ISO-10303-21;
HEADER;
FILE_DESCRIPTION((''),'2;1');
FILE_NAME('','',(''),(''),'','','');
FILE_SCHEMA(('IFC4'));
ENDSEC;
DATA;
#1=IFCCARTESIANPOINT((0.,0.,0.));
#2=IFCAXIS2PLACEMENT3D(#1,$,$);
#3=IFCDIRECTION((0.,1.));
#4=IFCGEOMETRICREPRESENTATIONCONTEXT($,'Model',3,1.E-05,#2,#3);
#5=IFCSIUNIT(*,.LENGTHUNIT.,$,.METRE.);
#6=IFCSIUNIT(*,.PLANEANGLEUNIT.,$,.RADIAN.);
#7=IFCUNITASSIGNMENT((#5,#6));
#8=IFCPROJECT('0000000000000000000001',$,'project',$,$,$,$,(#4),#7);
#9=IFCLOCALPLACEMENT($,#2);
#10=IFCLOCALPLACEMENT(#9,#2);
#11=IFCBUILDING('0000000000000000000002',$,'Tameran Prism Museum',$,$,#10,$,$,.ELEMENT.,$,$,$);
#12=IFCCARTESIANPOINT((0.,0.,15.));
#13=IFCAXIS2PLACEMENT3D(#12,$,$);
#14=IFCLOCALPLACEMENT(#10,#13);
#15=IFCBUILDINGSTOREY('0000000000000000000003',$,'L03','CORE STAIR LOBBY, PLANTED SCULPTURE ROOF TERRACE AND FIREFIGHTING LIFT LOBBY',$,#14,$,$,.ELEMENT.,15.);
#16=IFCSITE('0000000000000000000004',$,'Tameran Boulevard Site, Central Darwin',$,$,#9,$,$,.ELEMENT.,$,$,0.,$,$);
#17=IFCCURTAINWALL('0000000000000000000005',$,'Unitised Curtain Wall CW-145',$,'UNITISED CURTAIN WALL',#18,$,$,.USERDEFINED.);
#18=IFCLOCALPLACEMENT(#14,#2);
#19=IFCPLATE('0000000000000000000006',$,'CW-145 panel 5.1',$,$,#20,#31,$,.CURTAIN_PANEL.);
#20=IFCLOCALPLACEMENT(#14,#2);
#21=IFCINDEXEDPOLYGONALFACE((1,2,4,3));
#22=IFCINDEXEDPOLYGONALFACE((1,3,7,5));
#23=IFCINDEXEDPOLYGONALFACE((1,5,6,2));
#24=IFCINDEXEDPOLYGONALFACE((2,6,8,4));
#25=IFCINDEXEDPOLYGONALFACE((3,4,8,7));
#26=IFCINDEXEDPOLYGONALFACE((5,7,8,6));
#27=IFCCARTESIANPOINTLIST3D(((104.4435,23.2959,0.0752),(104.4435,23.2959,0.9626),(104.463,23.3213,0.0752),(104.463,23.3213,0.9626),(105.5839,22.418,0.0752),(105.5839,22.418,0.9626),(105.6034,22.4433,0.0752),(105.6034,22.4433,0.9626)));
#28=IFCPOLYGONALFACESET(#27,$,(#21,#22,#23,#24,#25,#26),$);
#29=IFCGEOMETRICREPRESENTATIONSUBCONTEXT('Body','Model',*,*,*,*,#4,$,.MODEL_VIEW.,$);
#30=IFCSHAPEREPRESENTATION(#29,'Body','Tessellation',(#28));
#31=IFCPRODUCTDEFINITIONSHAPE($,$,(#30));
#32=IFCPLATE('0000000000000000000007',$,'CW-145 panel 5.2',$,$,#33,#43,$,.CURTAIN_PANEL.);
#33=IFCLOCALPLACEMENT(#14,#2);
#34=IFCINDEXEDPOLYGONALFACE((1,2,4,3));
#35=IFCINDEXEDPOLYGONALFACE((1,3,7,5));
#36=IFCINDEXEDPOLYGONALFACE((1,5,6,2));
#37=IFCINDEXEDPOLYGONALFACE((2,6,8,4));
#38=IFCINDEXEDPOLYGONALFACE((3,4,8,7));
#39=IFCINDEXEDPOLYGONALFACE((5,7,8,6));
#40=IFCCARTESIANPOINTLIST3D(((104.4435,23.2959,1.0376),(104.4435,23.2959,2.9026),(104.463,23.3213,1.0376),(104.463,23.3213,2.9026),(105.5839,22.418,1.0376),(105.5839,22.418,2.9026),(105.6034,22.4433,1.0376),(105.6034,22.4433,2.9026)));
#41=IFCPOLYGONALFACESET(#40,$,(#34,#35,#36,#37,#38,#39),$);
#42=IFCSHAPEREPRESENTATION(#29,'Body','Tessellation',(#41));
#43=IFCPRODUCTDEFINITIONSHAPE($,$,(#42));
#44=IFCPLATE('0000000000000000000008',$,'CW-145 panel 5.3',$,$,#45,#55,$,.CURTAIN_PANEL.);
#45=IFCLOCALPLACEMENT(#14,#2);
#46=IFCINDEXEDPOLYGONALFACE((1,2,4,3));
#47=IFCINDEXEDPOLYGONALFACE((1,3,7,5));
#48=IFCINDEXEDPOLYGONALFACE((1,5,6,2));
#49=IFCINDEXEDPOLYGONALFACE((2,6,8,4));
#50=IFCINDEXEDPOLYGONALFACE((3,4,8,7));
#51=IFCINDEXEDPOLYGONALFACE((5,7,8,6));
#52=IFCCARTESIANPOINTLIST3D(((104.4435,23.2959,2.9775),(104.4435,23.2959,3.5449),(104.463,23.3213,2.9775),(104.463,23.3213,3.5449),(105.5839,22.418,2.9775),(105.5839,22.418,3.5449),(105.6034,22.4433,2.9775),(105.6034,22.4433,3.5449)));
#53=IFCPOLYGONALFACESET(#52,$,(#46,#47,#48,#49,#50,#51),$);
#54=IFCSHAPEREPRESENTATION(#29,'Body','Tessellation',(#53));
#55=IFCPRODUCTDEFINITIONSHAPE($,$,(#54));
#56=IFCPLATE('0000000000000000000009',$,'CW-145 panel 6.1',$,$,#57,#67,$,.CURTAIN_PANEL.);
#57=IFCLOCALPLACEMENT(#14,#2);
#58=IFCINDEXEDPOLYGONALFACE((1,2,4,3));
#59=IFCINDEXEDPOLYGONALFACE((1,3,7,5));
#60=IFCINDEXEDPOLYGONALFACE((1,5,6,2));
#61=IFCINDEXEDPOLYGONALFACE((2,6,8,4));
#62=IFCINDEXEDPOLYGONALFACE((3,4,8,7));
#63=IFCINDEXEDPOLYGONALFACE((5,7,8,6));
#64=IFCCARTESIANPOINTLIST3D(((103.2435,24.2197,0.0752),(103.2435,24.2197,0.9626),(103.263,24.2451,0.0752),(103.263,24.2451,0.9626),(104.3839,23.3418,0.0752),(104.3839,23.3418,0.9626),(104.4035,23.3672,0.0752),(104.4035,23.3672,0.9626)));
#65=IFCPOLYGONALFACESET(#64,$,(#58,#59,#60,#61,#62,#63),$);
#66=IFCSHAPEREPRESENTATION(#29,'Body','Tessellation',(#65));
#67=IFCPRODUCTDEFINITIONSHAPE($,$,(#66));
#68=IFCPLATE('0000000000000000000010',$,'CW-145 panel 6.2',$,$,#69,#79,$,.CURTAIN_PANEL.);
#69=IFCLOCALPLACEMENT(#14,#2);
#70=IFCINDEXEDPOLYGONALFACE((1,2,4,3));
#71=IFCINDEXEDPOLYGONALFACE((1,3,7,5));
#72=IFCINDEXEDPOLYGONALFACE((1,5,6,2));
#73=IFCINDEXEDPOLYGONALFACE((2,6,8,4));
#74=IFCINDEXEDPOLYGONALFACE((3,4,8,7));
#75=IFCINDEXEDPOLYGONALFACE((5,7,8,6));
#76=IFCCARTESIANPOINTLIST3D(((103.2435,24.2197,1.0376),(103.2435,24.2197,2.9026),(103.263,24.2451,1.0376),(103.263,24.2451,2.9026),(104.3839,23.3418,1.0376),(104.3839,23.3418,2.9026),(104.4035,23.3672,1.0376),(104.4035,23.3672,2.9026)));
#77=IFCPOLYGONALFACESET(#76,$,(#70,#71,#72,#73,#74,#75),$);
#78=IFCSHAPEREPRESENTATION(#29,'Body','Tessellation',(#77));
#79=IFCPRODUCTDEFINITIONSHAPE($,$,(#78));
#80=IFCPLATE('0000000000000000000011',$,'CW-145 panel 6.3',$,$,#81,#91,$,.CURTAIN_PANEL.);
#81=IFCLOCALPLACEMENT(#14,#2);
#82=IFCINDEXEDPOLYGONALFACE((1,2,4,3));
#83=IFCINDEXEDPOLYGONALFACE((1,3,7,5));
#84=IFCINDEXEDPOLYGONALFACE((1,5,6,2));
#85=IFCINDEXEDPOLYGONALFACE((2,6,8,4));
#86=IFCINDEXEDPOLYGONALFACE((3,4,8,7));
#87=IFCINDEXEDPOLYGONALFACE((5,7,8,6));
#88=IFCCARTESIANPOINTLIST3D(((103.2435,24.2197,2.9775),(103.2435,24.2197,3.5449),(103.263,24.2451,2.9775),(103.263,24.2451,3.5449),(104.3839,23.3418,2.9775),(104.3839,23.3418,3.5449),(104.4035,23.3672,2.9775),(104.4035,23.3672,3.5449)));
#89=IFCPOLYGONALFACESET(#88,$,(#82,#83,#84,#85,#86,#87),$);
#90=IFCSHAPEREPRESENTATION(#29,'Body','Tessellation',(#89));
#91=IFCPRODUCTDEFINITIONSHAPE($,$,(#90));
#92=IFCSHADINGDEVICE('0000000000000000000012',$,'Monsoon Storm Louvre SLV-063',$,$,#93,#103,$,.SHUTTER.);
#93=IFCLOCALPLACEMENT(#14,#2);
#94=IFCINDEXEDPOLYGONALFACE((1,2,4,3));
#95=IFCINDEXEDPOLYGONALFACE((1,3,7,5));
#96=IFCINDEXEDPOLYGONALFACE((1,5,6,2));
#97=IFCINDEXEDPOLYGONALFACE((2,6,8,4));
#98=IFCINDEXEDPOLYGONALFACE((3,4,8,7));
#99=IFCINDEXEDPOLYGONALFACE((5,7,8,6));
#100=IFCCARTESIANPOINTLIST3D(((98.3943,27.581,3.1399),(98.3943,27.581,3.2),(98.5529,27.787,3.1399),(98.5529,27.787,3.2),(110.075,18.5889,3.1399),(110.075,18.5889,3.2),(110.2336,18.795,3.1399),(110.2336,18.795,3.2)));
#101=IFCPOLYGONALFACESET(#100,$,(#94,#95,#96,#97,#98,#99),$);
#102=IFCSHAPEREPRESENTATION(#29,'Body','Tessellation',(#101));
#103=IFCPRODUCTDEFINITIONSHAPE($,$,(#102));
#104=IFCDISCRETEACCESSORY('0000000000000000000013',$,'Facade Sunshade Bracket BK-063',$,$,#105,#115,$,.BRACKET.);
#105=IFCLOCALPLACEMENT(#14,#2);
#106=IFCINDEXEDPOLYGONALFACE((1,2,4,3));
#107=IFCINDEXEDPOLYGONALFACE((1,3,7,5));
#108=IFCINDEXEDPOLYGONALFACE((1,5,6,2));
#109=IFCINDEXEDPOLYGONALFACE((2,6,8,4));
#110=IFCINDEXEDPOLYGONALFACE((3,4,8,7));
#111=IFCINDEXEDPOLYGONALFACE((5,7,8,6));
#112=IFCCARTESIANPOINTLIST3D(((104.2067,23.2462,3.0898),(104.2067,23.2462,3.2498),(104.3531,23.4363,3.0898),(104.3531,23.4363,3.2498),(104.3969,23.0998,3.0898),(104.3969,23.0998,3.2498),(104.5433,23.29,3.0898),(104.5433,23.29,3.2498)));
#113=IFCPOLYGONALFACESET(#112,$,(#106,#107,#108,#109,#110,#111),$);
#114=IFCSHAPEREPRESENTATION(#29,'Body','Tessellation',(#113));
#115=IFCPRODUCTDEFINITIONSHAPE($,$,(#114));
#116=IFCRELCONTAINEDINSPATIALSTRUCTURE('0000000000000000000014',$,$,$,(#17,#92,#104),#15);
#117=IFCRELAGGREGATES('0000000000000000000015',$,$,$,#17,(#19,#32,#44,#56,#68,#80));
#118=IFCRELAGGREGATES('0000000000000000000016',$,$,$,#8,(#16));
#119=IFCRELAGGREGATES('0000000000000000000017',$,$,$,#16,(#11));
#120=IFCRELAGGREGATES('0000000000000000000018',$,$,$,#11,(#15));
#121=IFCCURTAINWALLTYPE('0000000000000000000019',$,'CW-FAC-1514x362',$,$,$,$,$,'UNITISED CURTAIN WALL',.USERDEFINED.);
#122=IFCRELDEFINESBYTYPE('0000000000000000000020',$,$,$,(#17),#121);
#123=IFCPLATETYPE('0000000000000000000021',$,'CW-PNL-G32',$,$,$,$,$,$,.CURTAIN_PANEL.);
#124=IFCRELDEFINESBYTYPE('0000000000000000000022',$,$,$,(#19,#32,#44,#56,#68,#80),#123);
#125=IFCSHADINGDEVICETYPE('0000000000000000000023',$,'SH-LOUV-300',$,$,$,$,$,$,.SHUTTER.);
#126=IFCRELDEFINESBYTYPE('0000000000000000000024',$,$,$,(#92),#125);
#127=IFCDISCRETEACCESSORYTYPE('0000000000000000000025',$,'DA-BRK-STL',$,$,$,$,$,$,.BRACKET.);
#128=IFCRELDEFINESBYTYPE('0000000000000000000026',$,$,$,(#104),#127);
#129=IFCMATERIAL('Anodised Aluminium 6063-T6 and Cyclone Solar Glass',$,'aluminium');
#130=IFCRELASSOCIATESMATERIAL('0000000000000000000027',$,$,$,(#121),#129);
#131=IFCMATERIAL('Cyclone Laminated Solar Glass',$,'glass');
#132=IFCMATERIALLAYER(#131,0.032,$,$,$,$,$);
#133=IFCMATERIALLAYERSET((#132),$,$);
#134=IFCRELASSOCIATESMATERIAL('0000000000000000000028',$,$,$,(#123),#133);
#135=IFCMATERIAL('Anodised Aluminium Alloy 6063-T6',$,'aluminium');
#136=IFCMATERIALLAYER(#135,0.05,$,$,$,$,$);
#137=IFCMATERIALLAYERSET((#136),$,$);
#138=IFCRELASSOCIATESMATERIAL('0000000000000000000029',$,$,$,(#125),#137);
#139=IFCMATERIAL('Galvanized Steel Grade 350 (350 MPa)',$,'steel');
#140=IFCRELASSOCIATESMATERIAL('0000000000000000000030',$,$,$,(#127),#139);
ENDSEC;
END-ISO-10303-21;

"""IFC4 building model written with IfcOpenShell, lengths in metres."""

from ifc_helpers import new_model, si_unit, direction, frame, origin, origin_2d, place, context, subcontext, project, spatial, rectangle, extrude, material, layer, layer_set, type_object, element, aggregate, save


model = new_model("IFC4")

# Units and contexts
model_context = context("Model", 3, precision=1e-05, world=origin(), true_north=direction((0.0, 1.0)))
body_context = subcontext(model_context, "Body", "Model", "MODEL_VIEW")
ifc_project = project(units=[si_unit("LENGTHUNIT", "METRE"), si_unit("PLANEANGLEUNIT", "RADIAN")], contexts=[model_context])

# Site, building, storey
site_placement = place(None, origin())
site = spatial("IfcSite", under=ifc_project, at=site_placement, Name="Tameran Boulevard Site, Central Darwin", CompositionType="ELEMENT", RefElevation=0.0)
building_placement = place(site_placement, origin())
building = spatial("IfcBuilding", under=site, at=building_placement, Name="Tameran Prism Museum", CompositionType="ELEMENT")
storey_placement = place(building_placement, frame((0.0, 0.0, 15.0)))
storey = spatial("IfcBuildingStorey", under=building, at=storey_placement, Name="L03", Description="CORE STAIR LOBBY, PLANTED SCULPTURE ROOF TERRACE AND FIREFIGHTING LIFT LOBBY", CompositionType="ELEMENT", Elevation=15.0)

# Curtain wall, plates
ifc_material_1 = material(Name="Anodised Aluminium 6063-T6 and Cyclone Solar Glass", Category="aluminium")
curtain_wall_type = type_object("IfcCurtainWallType", Name="CW-FAC-1514x362", ElementType="UNITISED CURTAIN WALL", PredefinedType="USERDEFINED", material=ifc_material_1)
curtain_wall_placement = place(storey_placement, origin())
curtain_wall = element("IfcCurtainWall", 1, at=curtain_wall_placement, inside=storey, type_object=curtain_wall_type, Name="Unitised Curtain Wall CW-145", ObjectType="UNITISED CURTAIN WALL", PredefinedType="USERDEFINED")
ifc_material_2 = material(Name="Cyclone Laminated Solar Glass", Category="glass")
ifc_layer_1 = layer(ifc_material_2, 0.032)
ifc_layer_set_1 = layer_set([ifc_layer_1])
plate_type = type_object("IfcPlateType", Name="CW-PNL-G32", PredefinedType="CURTAIN_PANEL", material=ifc_layer_set_1)
plate_1_placement = place(storey_placement, frame((105.0234, 22.8696, 0.0752), z_axis=(0.0, 0.0, 1.0), x_axis=(-0.792401, 0.610001, 0.0)))
plate_1 = element("IfcPlate", 2, at=plate_1_placement, type_object=plate_type, Name="CW-145 panel 5.1", PredefinedType="CURTAIN_PANEL", context=body_context, shape_type="SweptSolid", body=[
    extrude(rectangle(XDim=1.4392, YDim=0.032, at=origin_2d()), origin(), (0.0, 0.0, 1.0), 0.8875),
])
plate_2_placement = place(storey_placement, frame((105.0234, 22.8696, 1.0376), z_axis=(0.0, 0.0, 1.0), x_axis=(-0.792401, 0.610001, 0.0)))
plate_2 = element("IfcPlate", 3, at=plate_2_placement, type_object=plate_type, Name="CW-145 panel 5.2", PredefinedType="CURTAIN_PANEL", context=body_context, shape_type="SweptSolid", body=[
    extrude(rectangle(XDim=1.4392, YDim=0.032, at=origin_2d()), origin(), (0.0, 0.0, 1.0), 1.865),
])
plate_3_placement = place(storey_placement, frame((105.0234, 22.8696, 2.9775), z_axis=(0.0, 0.0, 1.0), x_axis=(-0.792401, 0.610001, 0.0)))
plate_3 = element("IfcPlate", 4, at=plate_3_placement, type_object=plate_type, Name="CW-145 panel 5.3", PredefinedType="CURTAIN_PANEL", context=body_context, shape_type="SweptSolid", body=[
    extrude(rectangle(XDim=1.4392, YDim=0.032, at=origin_2d()), origin(), (0.0, 0.0, 1.0), 0.5674),
])
plate_4_placement = place(storey_placement, frame((103.8235, 23.7935, 0.0752), z_axis=(0.0, 0.0, 1.0), x_axis=(-0.792401, 0.610001, 0.0)))
plate_4 = element("IfcPlate", 5, at=plate_4_placement, type_object=plate_type, Name="CW-145 panel 6.1", PredefinedType="CURTAIN_PANEL", context=body_context, shape_type="SweptSolid", body=[
    extrude(rectangle(XDim=1.4392, YDim=0.032, at=origin_2d()), origin(), (0.0, 0.0, 1.0), 0.8875),
])
plate_5_placement = place(storey_placement, frame((103.8235, 23.7935, 1.0376), z_axis=(0.0, 0.0, 1.0), x_axis=(-0.792401, 0.610001, 0.0)))
plate_5 = element("IfcPlate", 6, at=plate_5_placement, type_object=plate_type, Name="CW-145 panel 6.2", PredefinedType="CURTAIN_PANEL", context=body_context, shape_type="SweptSolid", body=[
    extrude(rectangle(XDim=1.4392, YDim=0.032, at=origin_2d()), origin(), (0.0, 0.0, 1.0), 1.865),
])
plate_6_placement = place(storey_placement, frame((103.8235, 23.7935, 2.9775), z_axis=(0.0, 0.0, 1.0), x_axis=(-0.792401, 0.610001, 0.0)))
plate_6 = element("IfcPlate", 7, at=plate_6_placement, type_object=plate_type, Name="CW-145 panel 6.3", PredefinedType="CURTAIN_PANEL", context=body_context, shape_type="SweptSolid", body=[
    extrude(rectangle(XDim=1.4392, YDim=0.032, at=origin_2d()), origin(), (0.0, 0.0, 1.0), 0.5674),
])
aggregate(curtain_wall, [plate_1, plate_2, plate_3, plate_4, plate_5, plate_6])

# Shading device
ifc_material_3 = material(Name="Anodised Aluminium Alloy 6063-T6", Category="aluminium")
ifc_layer_2 = layer(ifc_material_3, 0.05)
ifc_layer_set_2 = layer_set([ifc_layer_2])
shading_device_type = type_object("IfcShadingDeviceType", Name="SH-LOUV-300", PredefinedType="SHUTTER", material=ifc_layer_set_2)
shading_device_placement = place(storey_placement, frame((104.314, 23.188, 3.1399), z_axis=(0.0, 0.0, 1.0), x_axis=(-0.792396, 0.610007, 0.0)))
element("IfcShadingDevice", 8, at=shading_device_placement, inside=storey, type_object=shading_device_type, Name="Monsoon Storm Louvre SLV-063", PredefinedType="SHUTTER", context=body_context, shape_type="SweptSolid", body=[
    extrude(rectangle(XDim=14.741, YDim=0.26, at=origin_2d()), origin(), (0.0, 0.0, 1.0), 0.0601),
])

# Discrete accessory
ifc_material_4 = material(Name="Galvanized Steel Grade 350 (350 MPa)", Category="steel")
discrete_accessory_type = type_object("IfcDiscreteAccessoryType", Name="DA-BRK-STL", PredefinedType="BRACKET", material=ifc_material_4)
discrete_accessory_placement = place(storey_placement, frame((104.375, 23.2681, 3.0898), z_axis=(0.0, 0.0, 1.0), x_axis=(-0.792396, 0.610007, 0.0)))
element("IfcDiscreteAccessory", 9, at=discrete_accessory_placement, inside=storey, type_object=discrete_accessory_type, Name="Facade Sunshade Bracket BK-063", PredefinedType="BRACKET", context=body_context, shape_type="SweptSolid", body=[
    extrude(rectangle(XDim=0.24, YDim=0.24, at=origin_2d()), origin(), (0.0, 0.0, 1.0), 0.1599),
])

save(model, "model.ifc")
